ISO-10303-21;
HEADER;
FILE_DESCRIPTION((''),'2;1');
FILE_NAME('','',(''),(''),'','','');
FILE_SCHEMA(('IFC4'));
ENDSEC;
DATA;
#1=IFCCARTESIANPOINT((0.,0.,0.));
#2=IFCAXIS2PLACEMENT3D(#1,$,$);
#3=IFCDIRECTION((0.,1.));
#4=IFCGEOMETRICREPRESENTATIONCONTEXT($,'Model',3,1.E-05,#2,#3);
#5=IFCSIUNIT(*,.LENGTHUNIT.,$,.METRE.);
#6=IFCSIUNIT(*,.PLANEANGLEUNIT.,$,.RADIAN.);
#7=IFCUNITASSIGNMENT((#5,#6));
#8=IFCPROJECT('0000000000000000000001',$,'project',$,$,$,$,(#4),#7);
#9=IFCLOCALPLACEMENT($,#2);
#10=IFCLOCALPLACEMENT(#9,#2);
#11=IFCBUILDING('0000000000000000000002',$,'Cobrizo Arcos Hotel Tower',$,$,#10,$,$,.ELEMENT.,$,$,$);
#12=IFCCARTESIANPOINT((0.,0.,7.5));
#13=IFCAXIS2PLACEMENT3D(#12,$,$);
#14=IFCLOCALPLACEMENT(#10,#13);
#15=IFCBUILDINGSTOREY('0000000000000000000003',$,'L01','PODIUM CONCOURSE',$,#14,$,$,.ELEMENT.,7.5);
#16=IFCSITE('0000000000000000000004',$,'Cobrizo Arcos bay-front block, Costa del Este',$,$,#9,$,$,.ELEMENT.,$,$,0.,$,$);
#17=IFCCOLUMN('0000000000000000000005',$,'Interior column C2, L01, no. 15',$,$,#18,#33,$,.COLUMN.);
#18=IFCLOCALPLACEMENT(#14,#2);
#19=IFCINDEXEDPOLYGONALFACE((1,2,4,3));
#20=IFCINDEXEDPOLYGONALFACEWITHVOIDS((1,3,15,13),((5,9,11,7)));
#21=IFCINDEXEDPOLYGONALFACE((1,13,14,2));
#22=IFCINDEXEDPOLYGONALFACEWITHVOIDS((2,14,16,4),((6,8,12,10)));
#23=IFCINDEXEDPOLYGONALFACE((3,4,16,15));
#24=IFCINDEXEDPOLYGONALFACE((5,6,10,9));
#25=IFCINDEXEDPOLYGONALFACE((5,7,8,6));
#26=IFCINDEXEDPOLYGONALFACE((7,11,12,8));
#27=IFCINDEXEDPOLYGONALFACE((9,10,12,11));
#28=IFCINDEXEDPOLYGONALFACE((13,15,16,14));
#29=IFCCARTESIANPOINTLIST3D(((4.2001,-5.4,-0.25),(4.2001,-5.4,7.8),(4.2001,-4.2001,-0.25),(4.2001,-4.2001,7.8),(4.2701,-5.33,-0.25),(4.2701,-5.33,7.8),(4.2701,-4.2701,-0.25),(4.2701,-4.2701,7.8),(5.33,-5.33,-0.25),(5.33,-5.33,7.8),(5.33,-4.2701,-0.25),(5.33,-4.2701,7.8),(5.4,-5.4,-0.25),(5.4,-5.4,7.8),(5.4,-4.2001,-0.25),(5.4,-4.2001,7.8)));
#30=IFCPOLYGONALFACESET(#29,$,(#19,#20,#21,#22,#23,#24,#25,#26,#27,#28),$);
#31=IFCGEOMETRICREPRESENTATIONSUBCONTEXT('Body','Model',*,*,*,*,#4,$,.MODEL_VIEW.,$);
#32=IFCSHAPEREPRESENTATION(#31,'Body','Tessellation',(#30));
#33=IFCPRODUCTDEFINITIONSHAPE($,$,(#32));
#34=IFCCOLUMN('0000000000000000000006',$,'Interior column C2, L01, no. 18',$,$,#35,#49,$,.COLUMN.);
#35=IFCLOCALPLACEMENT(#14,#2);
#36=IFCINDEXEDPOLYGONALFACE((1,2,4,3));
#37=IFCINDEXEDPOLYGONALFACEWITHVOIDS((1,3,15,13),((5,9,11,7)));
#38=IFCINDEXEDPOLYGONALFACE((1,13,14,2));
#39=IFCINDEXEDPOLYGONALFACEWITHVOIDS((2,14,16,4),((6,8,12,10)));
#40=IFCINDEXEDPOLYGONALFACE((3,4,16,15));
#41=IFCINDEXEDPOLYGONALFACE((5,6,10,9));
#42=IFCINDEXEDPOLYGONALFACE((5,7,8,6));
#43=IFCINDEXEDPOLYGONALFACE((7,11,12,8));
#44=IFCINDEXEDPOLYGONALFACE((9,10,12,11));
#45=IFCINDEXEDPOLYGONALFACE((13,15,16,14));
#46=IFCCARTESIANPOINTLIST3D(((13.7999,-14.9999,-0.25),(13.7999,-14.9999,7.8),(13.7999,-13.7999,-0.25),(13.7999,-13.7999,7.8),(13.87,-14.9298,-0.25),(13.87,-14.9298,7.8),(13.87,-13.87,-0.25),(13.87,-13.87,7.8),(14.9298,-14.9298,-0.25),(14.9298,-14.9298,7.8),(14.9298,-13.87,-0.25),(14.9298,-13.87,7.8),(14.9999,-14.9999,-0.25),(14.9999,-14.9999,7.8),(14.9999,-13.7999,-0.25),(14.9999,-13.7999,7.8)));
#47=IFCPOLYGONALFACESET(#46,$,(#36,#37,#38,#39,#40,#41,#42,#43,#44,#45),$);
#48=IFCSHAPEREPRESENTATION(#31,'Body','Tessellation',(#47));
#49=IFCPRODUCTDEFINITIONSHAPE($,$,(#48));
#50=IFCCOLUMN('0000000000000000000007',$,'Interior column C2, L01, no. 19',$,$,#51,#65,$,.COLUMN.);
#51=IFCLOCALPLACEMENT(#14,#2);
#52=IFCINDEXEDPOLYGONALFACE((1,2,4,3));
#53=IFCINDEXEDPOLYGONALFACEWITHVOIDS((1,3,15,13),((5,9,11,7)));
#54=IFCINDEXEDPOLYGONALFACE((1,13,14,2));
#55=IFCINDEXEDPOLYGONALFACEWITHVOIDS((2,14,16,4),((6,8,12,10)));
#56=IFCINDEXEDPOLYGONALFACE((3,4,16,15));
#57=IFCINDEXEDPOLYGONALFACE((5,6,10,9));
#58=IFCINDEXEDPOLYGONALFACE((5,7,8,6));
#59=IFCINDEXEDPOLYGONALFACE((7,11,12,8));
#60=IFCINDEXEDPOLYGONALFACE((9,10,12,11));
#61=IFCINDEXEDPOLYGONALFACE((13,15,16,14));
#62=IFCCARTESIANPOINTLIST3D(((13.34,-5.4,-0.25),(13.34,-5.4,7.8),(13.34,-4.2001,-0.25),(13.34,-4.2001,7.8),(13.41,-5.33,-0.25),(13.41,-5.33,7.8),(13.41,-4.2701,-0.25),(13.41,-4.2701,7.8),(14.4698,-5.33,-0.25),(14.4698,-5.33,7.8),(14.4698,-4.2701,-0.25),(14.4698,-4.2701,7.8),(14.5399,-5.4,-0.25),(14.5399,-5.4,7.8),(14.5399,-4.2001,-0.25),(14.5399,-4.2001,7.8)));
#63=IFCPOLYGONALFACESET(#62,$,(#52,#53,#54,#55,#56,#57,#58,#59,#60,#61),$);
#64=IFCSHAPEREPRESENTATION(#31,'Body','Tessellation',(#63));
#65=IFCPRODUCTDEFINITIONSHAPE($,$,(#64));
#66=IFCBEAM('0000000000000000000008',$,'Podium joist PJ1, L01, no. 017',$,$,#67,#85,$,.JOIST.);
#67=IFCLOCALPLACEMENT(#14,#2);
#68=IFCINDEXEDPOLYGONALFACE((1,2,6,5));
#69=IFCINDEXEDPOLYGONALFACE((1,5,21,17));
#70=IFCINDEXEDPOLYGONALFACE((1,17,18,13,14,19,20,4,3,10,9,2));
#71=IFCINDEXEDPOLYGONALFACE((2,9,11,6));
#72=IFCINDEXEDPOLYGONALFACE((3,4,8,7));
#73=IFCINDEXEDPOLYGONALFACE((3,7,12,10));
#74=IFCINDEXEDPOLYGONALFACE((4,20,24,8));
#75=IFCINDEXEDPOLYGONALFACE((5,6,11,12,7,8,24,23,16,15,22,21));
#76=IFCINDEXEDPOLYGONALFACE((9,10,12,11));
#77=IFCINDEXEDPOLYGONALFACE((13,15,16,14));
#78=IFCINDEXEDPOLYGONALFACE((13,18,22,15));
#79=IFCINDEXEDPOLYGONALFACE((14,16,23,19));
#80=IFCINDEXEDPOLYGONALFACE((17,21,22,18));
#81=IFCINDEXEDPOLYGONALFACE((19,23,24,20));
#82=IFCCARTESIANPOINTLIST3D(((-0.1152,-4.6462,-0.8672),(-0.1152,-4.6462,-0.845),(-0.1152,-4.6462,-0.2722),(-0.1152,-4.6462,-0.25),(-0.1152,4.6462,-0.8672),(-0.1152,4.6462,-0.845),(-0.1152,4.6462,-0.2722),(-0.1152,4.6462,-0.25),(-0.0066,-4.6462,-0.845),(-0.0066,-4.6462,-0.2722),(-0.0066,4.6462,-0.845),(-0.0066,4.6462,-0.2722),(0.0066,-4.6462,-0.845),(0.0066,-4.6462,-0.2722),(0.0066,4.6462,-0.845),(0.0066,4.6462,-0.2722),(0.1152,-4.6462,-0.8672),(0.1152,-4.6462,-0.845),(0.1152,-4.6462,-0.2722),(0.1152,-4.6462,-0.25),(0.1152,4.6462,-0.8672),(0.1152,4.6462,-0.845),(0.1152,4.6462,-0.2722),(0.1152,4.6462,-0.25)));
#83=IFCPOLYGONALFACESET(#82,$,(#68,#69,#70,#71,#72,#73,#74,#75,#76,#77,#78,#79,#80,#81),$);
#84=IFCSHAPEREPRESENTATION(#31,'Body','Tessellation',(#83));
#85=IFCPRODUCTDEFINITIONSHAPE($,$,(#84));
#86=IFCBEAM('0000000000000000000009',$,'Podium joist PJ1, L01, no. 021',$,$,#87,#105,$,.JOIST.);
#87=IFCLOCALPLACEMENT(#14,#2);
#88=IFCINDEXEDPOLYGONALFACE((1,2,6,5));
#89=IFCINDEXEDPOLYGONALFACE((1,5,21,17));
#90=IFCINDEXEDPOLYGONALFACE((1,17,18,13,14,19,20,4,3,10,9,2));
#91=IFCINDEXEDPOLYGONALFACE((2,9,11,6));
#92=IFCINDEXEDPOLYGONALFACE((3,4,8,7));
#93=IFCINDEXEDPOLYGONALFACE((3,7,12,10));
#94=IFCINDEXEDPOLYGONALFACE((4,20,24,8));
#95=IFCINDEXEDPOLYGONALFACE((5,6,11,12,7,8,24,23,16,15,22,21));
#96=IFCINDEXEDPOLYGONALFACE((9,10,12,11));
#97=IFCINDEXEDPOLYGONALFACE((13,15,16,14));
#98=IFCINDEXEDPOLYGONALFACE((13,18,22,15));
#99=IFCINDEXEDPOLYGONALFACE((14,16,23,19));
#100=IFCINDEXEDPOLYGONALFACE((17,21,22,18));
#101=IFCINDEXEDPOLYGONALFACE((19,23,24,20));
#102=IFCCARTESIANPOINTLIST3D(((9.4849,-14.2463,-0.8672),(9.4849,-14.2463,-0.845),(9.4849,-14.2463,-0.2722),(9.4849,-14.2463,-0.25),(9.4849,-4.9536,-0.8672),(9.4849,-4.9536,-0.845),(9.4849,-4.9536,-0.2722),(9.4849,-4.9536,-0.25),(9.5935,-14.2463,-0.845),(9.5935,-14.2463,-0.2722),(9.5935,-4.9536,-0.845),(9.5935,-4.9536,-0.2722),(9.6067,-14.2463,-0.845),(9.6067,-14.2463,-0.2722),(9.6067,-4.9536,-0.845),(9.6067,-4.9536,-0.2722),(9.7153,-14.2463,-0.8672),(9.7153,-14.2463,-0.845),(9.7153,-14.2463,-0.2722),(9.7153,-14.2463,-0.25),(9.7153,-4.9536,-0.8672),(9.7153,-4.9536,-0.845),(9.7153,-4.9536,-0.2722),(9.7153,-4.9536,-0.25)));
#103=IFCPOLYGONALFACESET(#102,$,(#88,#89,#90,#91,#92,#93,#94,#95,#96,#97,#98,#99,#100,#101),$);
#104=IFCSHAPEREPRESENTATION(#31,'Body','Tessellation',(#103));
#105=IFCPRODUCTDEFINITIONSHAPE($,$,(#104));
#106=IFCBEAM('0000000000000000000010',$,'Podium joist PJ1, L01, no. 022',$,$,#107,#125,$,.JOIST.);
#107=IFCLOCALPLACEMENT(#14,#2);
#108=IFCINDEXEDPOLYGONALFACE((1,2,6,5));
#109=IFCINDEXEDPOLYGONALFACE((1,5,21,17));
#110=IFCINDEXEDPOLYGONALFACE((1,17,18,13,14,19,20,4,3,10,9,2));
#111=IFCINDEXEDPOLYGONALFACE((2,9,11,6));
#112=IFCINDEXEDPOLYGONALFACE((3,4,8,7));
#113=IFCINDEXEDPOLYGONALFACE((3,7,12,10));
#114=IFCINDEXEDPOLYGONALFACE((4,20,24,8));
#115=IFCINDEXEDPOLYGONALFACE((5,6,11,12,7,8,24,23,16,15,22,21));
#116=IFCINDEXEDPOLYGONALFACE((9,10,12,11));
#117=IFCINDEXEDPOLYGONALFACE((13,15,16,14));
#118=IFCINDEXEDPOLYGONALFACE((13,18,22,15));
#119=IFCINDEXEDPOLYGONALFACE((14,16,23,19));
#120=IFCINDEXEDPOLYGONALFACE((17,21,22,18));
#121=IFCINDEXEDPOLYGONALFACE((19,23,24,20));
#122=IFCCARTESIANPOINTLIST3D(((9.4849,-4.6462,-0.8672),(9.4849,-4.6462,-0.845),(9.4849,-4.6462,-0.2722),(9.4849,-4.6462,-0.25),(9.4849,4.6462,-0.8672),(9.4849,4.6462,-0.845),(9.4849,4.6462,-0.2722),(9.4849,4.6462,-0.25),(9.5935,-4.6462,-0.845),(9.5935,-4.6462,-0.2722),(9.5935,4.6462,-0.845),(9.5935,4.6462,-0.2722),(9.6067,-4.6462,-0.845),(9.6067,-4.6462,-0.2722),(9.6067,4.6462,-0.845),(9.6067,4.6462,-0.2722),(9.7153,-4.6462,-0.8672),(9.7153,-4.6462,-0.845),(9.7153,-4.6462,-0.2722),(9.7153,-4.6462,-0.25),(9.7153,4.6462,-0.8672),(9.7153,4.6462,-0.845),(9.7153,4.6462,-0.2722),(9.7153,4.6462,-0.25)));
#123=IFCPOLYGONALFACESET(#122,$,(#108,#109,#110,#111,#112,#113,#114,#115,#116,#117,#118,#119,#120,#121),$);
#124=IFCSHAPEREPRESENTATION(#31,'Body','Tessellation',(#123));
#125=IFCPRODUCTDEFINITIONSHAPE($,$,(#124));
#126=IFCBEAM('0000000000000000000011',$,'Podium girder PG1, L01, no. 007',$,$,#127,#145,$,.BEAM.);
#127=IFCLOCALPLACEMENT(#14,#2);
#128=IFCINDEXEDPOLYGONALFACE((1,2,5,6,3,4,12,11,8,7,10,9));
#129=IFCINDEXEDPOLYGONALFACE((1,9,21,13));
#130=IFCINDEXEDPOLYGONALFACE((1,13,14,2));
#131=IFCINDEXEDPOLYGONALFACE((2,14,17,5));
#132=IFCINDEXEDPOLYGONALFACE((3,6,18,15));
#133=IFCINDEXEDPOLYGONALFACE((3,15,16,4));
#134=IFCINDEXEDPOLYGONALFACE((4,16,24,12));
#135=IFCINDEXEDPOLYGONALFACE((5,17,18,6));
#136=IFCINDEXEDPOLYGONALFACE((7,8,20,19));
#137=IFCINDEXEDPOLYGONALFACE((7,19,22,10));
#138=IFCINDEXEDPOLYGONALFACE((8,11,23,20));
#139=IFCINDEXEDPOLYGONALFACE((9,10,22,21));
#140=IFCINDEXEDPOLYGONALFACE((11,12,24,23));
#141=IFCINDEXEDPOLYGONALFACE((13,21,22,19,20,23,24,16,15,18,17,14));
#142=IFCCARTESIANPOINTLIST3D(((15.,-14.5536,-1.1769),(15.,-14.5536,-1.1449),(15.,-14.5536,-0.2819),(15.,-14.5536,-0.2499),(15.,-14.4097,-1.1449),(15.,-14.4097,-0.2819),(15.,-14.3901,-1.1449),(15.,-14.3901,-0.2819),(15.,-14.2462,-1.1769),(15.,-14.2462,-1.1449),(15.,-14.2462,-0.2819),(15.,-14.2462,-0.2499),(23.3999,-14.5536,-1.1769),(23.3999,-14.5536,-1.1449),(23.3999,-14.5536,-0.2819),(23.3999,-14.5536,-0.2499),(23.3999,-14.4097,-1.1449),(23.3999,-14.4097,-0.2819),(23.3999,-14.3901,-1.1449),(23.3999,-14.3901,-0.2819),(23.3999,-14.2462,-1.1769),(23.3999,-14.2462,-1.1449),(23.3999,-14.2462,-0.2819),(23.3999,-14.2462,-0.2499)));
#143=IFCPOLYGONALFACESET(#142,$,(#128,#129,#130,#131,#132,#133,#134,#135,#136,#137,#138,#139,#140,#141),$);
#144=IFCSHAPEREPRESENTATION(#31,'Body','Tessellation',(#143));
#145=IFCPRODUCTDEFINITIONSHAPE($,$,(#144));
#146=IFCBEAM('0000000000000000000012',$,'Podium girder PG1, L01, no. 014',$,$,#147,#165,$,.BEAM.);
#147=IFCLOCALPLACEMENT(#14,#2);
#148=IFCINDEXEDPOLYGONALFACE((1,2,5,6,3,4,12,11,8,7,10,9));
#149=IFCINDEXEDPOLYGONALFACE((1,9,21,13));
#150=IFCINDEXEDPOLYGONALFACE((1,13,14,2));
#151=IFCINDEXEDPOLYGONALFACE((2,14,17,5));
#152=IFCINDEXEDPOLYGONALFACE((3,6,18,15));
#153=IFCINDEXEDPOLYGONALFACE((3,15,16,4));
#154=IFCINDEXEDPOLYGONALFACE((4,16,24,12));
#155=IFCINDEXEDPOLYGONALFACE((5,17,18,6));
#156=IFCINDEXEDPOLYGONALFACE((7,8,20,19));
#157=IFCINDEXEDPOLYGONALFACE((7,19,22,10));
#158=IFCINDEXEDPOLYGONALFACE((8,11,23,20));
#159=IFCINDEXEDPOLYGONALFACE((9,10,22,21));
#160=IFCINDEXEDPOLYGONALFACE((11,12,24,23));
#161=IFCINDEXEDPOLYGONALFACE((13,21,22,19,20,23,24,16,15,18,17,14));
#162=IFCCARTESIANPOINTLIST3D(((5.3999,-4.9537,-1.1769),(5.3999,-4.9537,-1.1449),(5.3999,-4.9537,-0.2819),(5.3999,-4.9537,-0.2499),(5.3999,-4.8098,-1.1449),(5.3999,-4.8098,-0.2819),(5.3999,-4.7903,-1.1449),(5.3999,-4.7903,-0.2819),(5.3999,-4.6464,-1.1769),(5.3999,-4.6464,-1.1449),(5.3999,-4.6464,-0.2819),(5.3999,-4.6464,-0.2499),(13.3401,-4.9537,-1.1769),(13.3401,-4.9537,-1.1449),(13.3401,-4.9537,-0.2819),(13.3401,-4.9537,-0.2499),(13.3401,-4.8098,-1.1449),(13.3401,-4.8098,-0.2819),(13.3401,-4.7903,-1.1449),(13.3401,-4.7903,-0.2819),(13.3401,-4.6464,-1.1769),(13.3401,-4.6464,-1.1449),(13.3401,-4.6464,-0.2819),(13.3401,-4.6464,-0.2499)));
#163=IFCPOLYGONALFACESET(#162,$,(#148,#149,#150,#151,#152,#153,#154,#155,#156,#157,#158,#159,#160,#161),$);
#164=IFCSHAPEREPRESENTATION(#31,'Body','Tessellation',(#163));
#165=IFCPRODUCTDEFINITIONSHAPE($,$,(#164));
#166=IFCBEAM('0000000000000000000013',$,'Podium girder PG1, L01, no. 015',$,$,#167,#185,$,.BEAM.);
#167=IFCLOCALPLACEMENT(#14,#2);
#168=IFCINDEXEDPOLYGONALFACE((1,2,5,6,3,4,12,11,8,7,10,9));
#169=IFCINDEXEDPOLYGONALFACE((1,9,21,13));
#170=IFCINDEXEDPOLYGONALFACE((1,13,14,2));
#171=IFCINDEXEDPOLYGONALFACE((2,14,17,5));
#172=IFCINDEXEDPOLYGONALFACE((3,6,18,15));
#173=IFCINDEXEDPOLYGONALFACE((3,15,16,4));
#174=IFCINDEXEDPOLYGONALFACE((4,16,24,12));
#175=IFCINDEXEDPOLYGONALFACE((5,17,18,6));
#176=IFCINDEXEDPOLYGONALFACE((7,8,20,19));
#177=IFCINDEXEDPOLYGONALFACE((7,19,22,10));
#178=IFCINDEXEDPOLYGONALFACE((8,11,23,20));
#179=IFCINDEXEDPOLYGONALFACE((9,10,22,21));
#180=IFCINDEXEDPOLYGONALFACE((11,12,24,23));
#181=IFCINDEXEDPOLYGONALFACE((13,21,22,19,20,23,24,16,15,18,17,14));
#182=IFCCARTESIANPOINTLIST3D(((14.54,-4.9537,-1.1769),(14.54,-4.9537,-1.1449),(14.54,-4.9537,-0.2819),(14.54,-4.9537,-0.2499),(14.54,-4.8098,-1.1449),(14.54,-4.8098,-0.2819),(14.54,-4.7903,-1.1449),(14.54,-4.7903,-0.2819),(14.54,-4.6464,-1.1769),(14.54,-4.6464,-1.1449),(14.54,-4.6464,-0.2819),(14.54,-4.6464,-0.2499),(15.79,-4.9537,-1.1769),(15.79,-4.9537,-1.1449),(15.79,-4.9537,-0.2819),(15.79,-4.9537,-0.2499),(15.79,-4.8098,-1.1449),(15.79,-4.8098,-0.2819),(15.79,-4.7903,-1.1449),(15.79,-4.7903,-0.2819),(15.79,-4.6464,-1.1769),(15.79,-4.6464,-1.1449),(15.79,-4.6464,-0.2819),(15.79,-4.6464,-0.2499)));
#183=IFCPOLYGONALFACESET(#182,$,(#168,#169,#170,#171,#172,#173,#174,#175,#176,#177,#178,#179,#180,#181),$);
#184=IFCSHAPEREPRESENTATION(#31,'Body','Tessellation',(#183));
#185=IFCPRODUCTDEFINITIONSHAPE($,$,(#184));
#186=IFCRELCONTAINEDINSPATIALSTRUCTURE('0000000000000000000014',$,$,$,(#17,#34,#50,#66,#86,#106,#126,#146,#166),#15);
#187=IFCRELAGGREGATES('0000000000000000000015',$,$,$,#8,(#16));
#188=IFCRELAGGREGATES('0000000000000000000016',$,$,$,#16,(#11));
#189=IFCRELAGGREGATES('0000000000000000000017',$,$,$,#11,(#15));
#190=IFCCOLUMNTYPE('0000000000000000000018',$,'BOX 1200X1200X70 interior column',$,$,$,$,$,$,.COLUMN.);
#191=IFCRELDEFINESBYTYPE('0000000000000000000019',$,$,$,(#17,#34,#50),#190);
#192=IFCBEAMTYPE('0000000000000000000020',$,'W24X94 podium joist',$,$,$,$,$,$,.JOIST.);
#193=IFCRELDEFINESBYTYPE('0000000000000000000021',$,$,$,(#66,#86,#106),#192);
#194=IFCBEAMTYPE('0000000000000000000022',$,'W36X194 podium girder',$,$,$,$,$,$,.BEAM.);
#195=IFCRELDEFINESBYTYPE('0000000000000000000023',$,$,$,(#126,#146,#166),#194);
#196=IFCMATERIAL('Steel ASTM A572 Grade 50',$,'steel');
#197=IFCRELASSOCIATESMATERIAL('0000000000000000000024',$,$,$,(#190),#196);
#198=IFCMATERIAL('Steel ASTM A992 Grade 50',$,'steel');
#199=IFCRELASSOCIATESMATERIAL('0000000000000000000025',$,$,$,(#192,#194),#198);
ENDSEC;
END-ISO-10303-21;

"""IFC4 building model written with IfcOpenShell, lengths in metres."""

from ifc_helpers import new_model, si_unit, direction, frame, origin, origin_2d, place, context, subcontext, project, spatial, hollow_rectangle, i_section, extrude, material, material_profile, profile_set, type_object, element, save


model = new_model("IFC4")

# Units and contexts
model_context = context("Model", 3, precision=1e-05, world=origin(), true_north=direction((0.0, 1.0)))
body_context = subcontext(model_context, "Body", "Model", "MODEL_VIEW")
ifc_project = project(units=[si_unit("LENGTHUNIT", "METRE"), si_unit("PLANEANGLEUNIT", "RADIAN")], contexts=[model_context])

# Site, building, storey
site_placement = place(None, origin())
site = spatial("IfcSite", under=ifc_project, at=site_placement, Name="Cobrizo Arcos bay-front block, Costa del Este", CompositionType="ELEMENT", RefElevation=0.0)
building_placement = place(site_placement, origin())
building = spatial("IfcBuilding", under=site, at=building_placement, Name="Cobrizo Arcos Hotel Tower", CompositionType="ELEMENT")
storey_placement = place(building_placement, frame((0.0, 0.0, 7.5)))
storey = spatial("IfcBuildingStorey", under=building, at=storey_placement, Name="L01", Description="PODIUM CONCOURSE", CompositionType="ELEMENT", Elevation=7.5)

# Columns
ifc_material_1 = material(Name="Steel ASTM A572 Grade 50", Category="steel")
ifc_material_profile_1 = material_profile(ifc_material_1, hollow_rectangle(XDim=1.2, YDim=1.2, WallThickness=0.0701, at=origin_2d()), Name="BOX 1200X1200X70")
ifc_profile_set_1 = profile_set([ifc_material_profile_1], Name="Steel ASTM A572 Grade 50")
column_type = type_object("IfcColumnType", Name="BOX 1200X1200X70 interior column", PredefinedType="COLUMN", material=ifc_profile_set_1)
for number, where, z_axis, x_axis, name in (
    (1, (4.8, -4.8, -0.25), (0.0, 0.0, 1.0), (1.0, 0.0, 0.0), "Interior column C2, L01, no. 15"),
    (2, (14.3999, -14.3999, -0.25), (0.0, 0.0, 1.0), (1.0, 0.0, 0.0), "Interior column C2, L01, no. 18"),
    (3, (13.9399, -4.8, -0.25), (0.0, 0.0, 1.0), (1.0, 0.0, 0.0), "Interior column C2, L01, no. 19"),
):
    element("IfcColumn", number, at=place(storey_placement, frame(where, z_axis=z_axis, x_axis=x_axis)), inside=storey, type_object=column_type, Name=name, PredefinedType="COLUMN", context=body_context, shape_type="SweptSolid", body=[
        extrude(hollow_rectangle(XDim=1.2, YDim=1.2, WallThickness=0.0701, at=origin_2d()), origin(), (0.0, 0.0, 1.0), 8.05),
    ])

# Beams
ifc_material_2 = material(Name="Steel ASTM A992 Grade 50", Category="steel")
ifc_material_profile_2 = material_profile(ifc_material_2, i_section(OverallWidth=0.2305, OverallDepth=0.6172, WebThickness=0.0132, FlangeThickness=0.0222, at=origin_2d()), Name="W24X94")
ifc_profile_set_2 = profile_set([ifc_material_profile_2], Name="Steel ASTM A992 Grade 50")
beam_type_1 = type_object("IfcBeamType", Name="W24X94 podium joist", PredefinedType="JOIST", material=ifc_profile_set_2)
beam_1_placement = place(storey_placement, frame((0.0, -4.6462, -0.5586), z_axis=(0.0, 1.0, 0.0), x_axis=(-1.0, 0.0, 0.0)))
element("IfcBeam", 4, at=beam_1_placement, inside=storey, type_object=beam_type_1, Name="Podium joist PJ1, L01, no. 017", PredefinedType="JOIST", context=body_context, shape_type="SweptSolid", body=[
    extrude(i_section(OverallWidth=0.2305, OverallDepth=0.6172, WebThickness=0.0132, FlangeThickness=0.0222, at=origin_2d()), origin(), (0.0, 0.0, 1.0), 9.2925),
])
beam_2_placement = place(storey_placement, frame((9.6001, -14.2463, -0.5586), z_axis=(0.0, 1.0, 0.0), x_axis=(-1.0, 0.0, 0.0)))
element("IfcBeam", 5, at=beam_2_placement, inside=storey, type_object=beam_type_1, Name="Podium joist PJ1, L01, no. 021", PredefinedType="JOIST", context=body_context, shape_type="SweptSolid", body=[
    extrude(i_section(OverallWidth=0.2305, OverallDepth=0.6172, WebThickness=0.0132, FlangeThickness=0.0222, at=origin_2d()), origin(), (0.0, 0.0, 1.0), 9.2927),
])
beam_3_placement = place(storey_placement, frame((9.6001, -4.6462, -0.5586), z_axis=(0.0, 1.0, 0.0), x_axis=(-1.0, 0.0, 0.0)))
element("IfcBeam", 6, at=beam_3_placement, inside=storey, type_object=beam_type_1, Name="Podium joist PJ1, L01, no. 022", PredefinedType="JOIST", context=body_context, shape_type="SweptSolid", body=[
    extrude(i_section(OverallWidth=0.2305, OverallDepth=0.6172, WebThickness=0.0132, FlangeThickness=0.0222, at=origin_2d()), origin(), (0.0, 0.0, 1.0), 9.2925),
])
ifc_material_profile_3 = material_profile(ifc_material_2, i_section(OverallWidth=0.3074, OverallDepth=0.927, WebThickness=0.0195, FlangeThickness=0.032, at=origin_2d()), Name="W36X194")
ifc_profile_set_3 = profile_set([ifc_material_profile_3], Name="Steel ASTM A992 Grade 50")
beam_type_2 = type_object("IfcBeamType", Name="W36X194 podium girder", PredefinedType="BEAM", material=ifc_profile_set_3)
beam_4_placement = place(storey_placement, frame((15.0, -14.3999, -0.7134), z_axis=(1.0, 0.0, 0.0), x_axis=(0.0, 1.0, 0.0)))
element("IfcBeam", 7, at=beam_4_placement, inside=storey, type_object=beam_type_2, Name="Podium girder PG1, L01, no. 007", PredefinedType="BEAM", context=body_context, shape_type="SweptSolid", body=[
    extrude(i_section(OverallWidth=0.3074, OverallDepth=0.927, WebThickness=0.0195, FlangeThickness=0.032, at=origin_2d()), origin(), (0.0, 0.0, 1.0), 8.3999),
])
beam_5_placement = place(storey_placement, frame((5.3999, -4.8, -0.7134), z_axis=(1.0, 0.0, 0.0), x_axis=(0.0, 1.0, 0.0)))
element("IfcBeam", 8, at=beam_5_placement, inside=storey, type_object=beam_type_2, Name="Podium girder PG1, L01, no. 014", PredefinedType="BEAM", context=body_context, shape_type="SweptSolid", body=[
    extrude(i_section(OverallWidth=0.3074, OverallDepth=0.927, WebThickness=0.0195, FlangeThickness=0.032, at=origin_2d()), origin(), (0.0, 0.0, 1.0), 7.9402),
])
beam_6_placement = place(storey_placement, frame((14.54, -4.8, -0.7134), z_axis=(1.0, 0.0, 0.0), x_axis=(0.0, 1.0, 0.0)))
element("IfcBeam", 9, at=beam_6_placement, inside=storey, type_object=beam_type_2, Name="Podium girder PG1, L01, no. 015", PredefinedType="BEAM", context=body_context, shape_type="SweptSolid", body=[
    extrude(i_section(OverallWidth=0.3074, OverallDepth=0.927, WebThickness=0.0195, FlangeThickness=0.032, at=origin_2d()), origin(), (0.0, 0.0, 1.0), 1.25),
])

save(model, "model.ifc")
